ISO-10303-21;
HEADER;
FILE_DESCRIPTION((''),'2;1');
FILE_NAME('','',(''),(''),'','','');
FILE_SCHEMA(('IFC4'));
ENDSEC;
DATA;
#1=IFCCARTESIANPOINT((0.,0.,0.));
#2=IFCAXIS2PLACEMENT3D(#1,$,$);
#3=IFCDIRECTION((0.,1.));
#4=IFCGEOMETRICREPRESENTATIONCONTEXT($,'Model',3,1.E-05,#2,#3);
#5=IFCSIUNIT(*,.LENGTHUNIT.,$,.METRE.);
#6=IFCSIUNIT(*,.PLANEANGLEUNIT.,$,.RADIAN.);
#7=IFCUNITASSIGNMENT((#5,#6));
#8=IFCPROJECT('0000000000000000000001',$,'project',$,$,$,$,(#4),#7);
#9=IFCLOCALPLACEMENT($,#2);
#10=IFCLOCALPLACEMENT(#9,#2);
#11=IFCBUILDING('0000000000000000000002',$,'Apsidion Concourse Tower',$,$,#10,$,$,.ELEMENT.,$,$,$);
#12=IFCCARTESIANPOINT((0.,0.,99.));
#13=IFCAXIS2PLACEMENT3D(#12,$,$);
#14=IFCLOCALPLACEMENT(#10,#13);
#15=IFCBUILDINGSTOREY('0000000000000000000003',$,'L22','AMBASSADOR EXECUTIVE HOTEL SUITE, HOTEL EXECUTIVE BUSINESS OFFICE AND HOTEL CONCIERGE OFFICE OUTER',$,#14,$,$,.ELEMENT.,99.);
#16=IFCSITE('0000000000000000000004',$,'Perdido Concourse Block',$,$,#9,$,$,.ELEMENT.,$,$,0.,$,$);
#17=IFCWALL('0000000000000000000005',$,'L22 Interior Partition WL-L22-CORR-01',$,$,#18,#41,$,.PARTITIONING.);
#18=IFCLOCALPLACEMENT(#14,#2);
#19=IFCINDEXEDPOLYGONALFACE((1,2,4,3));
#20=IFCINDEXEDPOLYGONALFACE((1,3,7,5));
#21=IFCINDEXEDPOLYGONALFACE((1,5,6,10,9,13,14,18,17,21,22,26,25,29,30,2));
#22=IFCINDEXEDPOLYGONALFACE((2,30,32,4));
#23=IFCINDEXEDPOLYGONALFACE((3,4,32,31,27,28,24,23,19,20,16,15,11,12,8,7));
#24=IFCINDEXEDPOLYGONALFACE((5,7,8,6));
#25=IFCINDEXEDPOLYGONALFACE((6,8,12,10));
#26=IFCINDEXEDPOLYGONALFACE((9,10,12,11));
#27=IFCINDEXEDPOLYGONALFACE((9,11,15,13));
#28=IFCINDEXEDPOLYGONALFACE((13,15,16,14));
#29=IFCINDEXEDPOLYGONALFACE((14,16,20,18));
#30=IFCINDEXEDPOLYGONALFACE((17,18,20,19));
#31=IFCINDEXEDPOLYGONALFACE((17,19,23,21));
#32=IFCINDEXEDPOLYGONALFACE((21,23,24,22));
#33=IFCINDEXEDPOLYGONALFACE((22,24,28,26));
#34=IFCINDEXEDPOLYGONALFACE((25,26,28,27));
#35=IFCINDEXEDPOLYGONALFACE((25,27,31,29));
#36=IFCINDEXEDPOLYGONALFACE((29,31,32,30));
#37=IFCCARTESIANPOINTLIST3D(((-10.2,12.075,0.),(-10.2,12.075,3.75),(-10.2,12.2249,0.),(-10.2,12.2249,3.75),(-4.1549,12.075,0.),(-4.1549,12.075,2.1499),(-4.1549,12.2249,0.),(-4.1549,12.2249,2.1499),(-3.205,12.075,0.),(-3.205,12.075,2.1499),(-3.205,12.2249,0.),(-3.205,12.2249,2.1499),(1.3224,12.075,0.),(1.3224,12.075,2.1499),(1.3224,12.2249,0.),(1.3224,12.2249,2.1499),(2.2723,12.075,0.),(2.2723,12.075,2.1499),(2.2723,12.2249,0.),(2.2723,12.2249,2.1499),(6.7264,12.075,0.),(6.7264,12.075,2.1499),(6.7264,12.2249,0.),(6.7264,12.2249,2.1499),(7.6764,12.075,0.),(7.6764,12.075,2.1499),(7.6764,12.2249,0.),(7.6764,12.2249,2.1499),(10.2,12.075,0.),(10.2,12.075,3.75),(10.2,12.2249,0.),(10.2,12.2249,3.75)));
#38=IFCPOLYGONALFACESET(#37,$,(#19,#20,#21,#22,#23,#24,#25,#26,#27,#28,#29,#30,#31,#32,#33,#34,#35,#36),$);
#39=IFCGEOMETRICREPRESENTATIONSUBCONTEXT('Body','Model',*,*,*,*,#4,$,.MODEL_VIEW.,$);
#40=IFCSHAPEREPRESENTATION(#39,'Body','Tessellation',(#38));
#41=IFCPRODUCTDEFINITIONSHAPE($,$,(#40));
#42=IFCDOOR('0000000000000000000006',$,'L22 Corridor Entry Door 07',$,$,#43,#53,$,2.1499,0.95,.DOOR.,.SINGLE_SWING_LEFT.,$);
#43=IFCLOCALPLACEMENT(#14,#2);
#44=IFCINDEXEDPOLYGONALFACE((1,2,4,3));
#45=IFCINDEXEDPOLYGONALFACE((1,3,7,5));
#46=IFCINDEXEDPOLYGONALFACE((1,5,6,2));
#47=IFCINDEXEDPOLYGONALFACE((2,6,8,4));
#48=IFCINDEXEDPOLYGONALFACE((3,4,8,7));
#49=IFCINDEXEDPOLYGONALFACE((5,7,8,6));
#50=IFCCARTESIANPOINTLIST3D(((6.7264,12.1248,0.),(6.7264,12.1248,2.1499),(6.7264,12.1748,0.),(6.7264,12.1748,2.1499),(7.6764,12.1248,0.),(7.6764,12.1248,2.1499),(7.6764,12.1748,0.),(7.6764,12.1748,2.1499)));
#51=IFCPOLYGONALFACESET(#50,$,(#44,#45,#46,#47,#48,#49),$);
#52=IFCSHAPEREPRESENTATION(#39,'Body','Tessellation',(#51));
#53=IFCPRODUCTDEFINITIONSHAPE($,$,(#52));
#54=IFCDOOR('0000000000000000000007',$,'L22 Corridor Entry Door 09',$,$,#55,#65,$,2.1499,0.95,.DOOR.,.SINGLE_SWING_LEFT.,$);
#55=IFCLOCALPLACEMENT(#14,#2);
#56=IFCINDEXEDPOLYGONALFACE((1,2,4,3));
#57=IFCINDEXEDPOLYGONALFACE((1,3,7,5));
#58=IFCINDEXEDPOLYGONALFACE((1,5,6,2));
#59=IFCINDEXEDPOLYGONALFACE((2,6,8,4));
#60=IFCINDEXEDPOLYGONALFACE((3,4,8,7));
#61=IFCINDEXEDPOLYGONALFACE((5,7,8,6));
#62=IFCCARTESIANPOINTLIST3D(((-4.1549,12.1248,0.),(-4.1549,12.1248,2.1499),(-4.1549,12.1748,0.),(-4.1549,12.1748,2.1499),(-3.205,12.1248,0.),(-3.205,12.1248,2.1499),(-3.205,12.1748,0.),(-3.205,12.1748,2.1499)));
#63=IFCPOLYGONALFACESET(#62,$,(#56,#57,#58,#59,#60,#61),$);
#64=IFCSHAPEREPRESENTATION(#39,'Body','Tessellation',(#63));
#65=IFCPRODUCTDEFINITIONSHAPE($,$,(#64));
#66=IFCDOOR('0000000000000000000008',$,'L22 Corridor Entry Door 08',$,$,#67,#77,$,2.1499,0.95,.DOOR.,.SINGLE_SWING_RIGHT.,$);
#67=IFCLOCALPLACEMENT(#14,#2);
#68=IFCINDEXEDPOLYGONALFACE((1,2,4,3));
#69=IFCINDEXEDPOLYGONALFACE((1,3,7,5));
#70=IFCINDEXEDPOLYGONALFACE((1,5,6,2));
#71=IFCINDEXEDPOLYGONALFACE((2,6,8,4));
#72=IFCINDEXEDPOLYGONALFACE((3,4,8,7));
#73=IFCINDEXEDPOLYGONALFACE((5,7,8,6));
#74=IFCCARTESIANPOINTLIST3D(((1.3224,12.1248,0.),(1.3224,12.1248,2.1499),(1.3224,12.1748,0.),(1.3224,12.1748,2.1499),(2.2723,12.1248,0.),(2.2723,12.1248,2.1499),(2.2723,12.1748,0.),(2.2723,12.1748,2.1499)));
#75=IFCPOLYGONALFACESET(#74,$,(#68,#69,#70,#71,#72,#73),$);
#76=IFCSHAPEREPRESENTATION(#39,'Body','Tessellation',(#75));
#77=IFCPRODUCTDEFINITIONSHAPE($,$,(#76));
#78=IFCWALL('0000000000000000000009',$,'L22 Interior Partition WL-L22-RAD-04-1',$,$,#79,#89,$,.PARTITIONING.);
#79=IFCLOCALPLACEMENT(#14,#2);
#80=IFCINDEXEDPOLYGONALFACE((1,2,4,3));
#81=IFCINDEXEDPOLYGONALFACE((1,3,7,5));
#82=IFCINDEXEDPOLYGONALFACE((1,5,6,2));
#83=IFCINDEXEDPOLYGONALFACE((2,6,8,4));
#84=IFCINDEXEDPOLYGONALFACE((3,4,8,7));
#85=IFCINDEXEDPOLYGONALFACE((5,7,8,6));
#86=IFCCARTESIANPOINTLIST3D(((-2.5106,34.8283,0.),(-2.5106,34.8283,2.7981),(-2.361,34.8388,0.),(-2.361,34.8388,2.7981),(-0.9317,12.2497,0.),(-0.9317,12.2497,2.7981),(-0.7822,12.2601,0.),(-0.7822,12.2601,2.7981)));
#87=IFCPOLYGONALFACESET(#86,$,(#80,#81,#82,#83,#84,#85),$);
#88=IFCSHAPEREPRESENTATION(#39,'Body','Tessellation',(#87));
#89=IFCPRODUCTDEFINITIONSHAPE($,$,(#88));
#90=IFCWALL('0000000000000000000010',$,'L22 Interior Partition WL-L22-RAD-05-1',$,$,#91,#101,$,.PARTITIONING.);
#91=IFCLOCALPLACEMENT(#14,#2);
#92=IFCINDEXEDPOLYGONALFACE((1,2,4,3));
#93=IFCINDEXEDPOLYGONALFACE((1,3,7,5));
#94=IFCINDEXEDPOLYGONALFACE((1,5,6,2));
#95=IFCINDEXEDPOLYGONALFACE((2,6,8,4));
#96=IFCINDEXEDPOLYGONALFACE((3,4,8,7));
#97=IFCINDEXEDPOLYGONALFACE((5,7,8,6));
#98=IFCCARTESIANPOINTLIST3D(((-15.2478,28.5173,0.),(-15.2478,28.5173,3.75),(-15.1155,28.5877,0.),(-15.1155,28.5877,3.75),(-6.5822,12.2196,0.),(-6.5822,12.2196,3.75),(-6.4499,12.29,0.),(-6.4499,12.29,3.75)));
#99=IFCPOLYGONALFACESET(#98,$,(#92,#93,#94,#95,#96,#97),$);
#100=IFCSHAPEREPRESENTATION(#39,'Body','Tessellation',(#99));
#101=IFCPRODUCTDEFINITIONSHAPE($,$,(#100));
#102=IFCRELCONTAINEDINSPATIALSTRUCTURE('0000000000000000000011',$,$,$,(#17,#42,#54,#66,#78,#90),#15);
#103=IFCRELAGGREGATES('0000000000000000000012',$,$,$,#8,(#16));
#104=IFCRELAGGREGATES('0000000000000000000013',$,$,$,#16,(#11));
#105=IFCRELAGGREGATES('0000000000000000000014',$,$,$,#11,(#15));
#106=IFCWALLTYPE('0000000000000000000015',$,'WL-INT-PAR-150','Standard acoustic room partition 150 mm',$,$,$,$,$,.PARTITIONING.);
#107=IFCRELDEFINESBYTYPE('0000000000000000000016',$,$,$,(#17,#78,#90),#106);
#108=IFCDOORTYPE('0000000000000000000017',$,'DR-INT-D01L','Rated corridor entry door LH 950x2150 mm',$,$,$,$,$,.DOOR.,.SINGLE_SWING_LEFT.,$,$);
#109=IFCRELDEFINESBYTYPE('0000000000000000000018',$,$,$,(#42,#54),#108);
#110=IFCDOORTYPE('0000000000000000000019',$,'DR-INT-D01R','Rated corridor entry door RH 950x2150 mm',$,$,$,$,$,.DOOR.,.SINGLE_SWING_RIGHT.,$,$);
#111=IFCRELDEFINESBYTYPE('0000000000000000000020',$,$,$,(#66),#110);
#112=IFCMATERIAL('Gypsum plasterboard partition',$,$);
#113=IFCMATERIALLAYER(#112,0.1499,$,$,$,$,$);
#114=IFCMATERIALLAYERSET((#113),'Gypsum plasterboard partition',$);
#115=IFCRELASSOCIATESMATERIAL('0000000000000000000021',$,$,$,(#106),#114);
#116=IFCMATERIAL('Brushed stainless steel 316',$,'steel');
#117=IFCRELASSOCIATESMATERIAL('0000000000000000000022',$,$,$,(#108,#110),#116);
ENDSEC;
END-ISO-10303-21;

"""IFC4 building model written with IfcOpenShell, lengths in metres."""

from ifc_helpers import new_model, si_unit, direction, frame, frame_2d, origin, place, context, subcontext, project, spatial, rectangle, extrude, material, layer, layer_set, type_object, element, fill, save


model = new_model("IFC4")

# Units and contexts
model_context = context("Model", 3, precision=1e-05, world=origin(), true_north=direction((0.0, 1.0)))
body_context = subcontext(model_context, "Body", "Model", "MODEL_VIEW")
ifc_project = project(units=[si_unit("LENGTHUNIT", "METRE"), si_unit("PLANEANGLEUNIT", "RADIAN")], contexts=[model_context])

# Site, building, storey
site_placement = place(None, origin())
site = spatial("IfcSite", under=ifc_project, at=site_placement, Name="Perdido Concourse Block", CompositionType="ELEMENT", RefElevation=0.0)
building_placement = place(site_placement, origin())
building = spatial("IfcBuilding", under=site, at=building_placement, Name="Apsidion Concourse Tower", CompositionType="ELEMENT")
storey_placement = place(building_placement, frame((0.0, 0.0, 99.0)))
storey = spatial("IfcBuildingStorey", under=building, at=storey_placement, Name="L22", Description="AMBASSADOR EXECUTIVE HOTEL SUITE, HOTEL EXECUTIVE BUSINESS OFFICE AND HOTEL CONCIERGE OFFICE OUTER", CompositionType="ELEMENT", Elevation=99.0)

# Shared definitions
ifc_material_1 = material(Name="Gypsum plasterboard partition")

# Wall, openings, doors
ifc_layer_1 = layer(ifc_material_1, 0.1499)
ifc_layer_set_1 = layer_set([ifc_layer_1], Name="Gypsum plasterboard partition")
wall_type_1 = type_object("IfcWallType", Name="WL-INT-PAR-150", Description="Standard acoustic room partition 150 mm", PredefinedType="PARTITIONING", material=ifc_layer_set_1)
wall_1_placement = place(storey_placement, frame((-10.2, 12.1499, 0.0), z_axis=(0.0, 0.0, 1.0), x_axis=(1.0, 0.0, 0.0)))
wall_1 = element("IfcWall", 1, at=wall_1_placement, inside=storey, type_object=wall_type_1, Name="L22 Interior Partition WL-L22-CORR-01", PredefinedType="PARTITIONING", context=body_context, shape_type="SweptSolid", body=[
    extrude(rectangle(XDim=20.3999, YDim=0.1499, at=frame_2d((10.2, 0.0))), origin(), (0.0, 0.0, 1.0), 3.75),
])
opening_1_placement = place(wall_1_placement, frame((16.9263, 0.0, 0.0)))
opening_1 = element("IfcOpeningElement", 2, at=opening_1_placement, cuts=wall_1, PredefinedType="OPENING", context=body_context, shape_type="SweptSolid", body=[
    extrude(rectangle(XDim=0.95, YDim=2.1499, at=frame_2d((0.4751, 1.075))), frame((0.0, 0.085, 0.0), z_axis=(0.0, -1.0, 0.0), x_axis=(1.0, 0.0, 0.0)), (0.0, 0.0, 1.0), 0.1699),
])
opening_2_placement = place(wall_1_placement, frame((11.5222, 0.0, 0.0)))
opening_2 = element("IfcOpeningElement", 3, at=opening_2_placement, cuts=wall_1, PredefinedType="OPENING", context=body_context, shape_type="SweptSolid", body=[
    extrude(rectangle(XDim=0.95, YDim=2.1499, at=frame_2d((0.4751, 1.075))), frame((0.0, 0.085, 0.0), z_axis=(0.0, -1.0, 0.0), x_axis=(1.0, 0.0, 0.0)), (0.0, 0.0, 1.0), 0.1699),
])
opening_3_placement = place(wall_1_placement, frame((6.0449, 0.0, 0.0)))
opening_3 = element("IfcOpeningElement", 4, at=opening_3_placement, cuts=wall_1, PredefinedType="OPENING", context=body_context, shape_type="SweptSolid", body=[
    extrude(rectangle(XDim=0.95, YDim=2.1499, at=frame_2d((0.4751, 1.075))), frame((0.0, 0.085, 0.0), z_axis=(0.0, -1.0, 0.0), x_axis=(1.0, 0.0, 0.0)), (0.0, 0.0, 1.0), 0.1699),
])
ifc_material_2 = material(Name="Brushed stainless steel 316", Category="steel")
door_type_1 = type_object("IfcDoorType", Name="DR-INT-D01L", Description="Rated corridor entry door LH 950x2150 mm", OperationType="SINGLE_SWING_LEFT", PredefinedType="DOOR", material=ifc_material_2)
door_1_placement = place(opening_1_placement, origin())
door_1 = element("IfcDoor", 5, at=door_1_placement, inside=storey, type_object=door_type_1, Name="L22 Corridor Entry Door 07", OperationType="SINGLE_SWING_LEFT", OverallHeight=2.1499, OverallWidth=0.95, PredefinedType="DOOR", context=body_context, shape_type="SweptSolid", body=[
    extrude(rectangle(XDim=0.95, YDim=2.1499, at=frame_2d((0.4751, 1.075))), frame((0.0, 0.0249, 0.0), z_axis=(0.0, -1.0, 0.0), x_axis=(1.0, 0.0, 0.0)), (0.0, 0.0, 1.0), 0.05),
])
fill(opening_1, door_1)
door_2_placement = place(opening_3_placement, origin())
door_2 = element("IfcDoor", 6, at=door_2_placement, inside=storey, type_object=door_type_1, Name="L22 Corridor Entry Door 09", OperationType="SINGLE_SWING_LEFT", OverallHeight=2.1499, OverallWidth=0.95, PredefinedType="DOOR", context=body_context, shape_type="SweptSolid", body=[
    extrude(rectangle(XDim=0.95, YDim=2.1499, at=frame_2d((0.4751, 1.075))), frame((0.0, 0.0249, 0.0), z_axis=(0.0, -1.0, 0.0), x_axis=(1.0, 0.0, 0.0)), (0.0, 0.0, 1.0), 0.05),
])
fill(opening_3, door_2)
door_type_2 = type_object("IfcDoorType", Name="DR-INT-D01R", Description="Rated corridor entry door RH 950x2150 mm", OperationType="SINGLE_SWING_RIGHT", PredefinedType="DOOR", material=ifc_material_2)
door_3_placement = place(opening_2_placement, origin())
door_3 = element("IfcDoor", 7, at=door_3_placement, inside=storey, type_object=door_type_2, Name="L22 Corridor Entry Door 08", OperationType="SINGLE_SWING_RIGHT", OverallHeight=2.1499, OverallWidth=0.95, PredefinedType="DOOR", context=body_context, shape_type="SweptSolid", body=[
    extrude(rectangle(XDim=0.95, YDim=2.1499, at=frame_2d((0.4751, 1.075))), frame((0.0, 0.0249, 0.0), z_axis=(0.0, -1.0, 0.0), x_axis=(1.0, 0.0, 0.0)), (0.0, 0.0, 1.0), 0.05),
])
fill(opening_2, door_3)

# Walls
wall_2_placement = place(storey_placement, frame((-0.8569, 12.2549, 0.0), z_axis=(0.0, 0.0, 1.0), x_axis=(-0.069757, 0.997564, 0.0)))
element("IfcWall", 8, at=wall_2_placement, inside=storey, type_object=wall_type_1, Name="L22 Interior Partition WL-L22-RAD-04-1", PredefinedType="PARTITIONING", context=body_context, shape_type="SweptSolid", body=[
    extrude(rectangle(XDim=22.6338, YDim=0.1499, at=frame_2d((11.3169, 0.0))), origin(), (0.0, 0.0, 1.0), 2.7981),
])
wall_3_placement = place(storey_placement, frame((-6.5161, 12.2549, 0.0), z_axis=(0.0, 0.0, 1.0), x_axis=(-0.469469, 0.882949, 0.0)))
element("IfcWall", 9, at=wall_3_placement, inside=storey, type_object=wall_type_1, Name="L22 Interior Partition WL-L22-RAD-05-1", PredefinedType="PARTITIONING", context=body_context, shape_type="SweptSolid", body=[
    extrude(rectangle(XDim=18.4583, YDim=0.1499, at=frame_2d((9.229, 0.0))), origin(), (0.0, 0.0, 1.0), 3.75),
])

save(model, "model.ifc")
